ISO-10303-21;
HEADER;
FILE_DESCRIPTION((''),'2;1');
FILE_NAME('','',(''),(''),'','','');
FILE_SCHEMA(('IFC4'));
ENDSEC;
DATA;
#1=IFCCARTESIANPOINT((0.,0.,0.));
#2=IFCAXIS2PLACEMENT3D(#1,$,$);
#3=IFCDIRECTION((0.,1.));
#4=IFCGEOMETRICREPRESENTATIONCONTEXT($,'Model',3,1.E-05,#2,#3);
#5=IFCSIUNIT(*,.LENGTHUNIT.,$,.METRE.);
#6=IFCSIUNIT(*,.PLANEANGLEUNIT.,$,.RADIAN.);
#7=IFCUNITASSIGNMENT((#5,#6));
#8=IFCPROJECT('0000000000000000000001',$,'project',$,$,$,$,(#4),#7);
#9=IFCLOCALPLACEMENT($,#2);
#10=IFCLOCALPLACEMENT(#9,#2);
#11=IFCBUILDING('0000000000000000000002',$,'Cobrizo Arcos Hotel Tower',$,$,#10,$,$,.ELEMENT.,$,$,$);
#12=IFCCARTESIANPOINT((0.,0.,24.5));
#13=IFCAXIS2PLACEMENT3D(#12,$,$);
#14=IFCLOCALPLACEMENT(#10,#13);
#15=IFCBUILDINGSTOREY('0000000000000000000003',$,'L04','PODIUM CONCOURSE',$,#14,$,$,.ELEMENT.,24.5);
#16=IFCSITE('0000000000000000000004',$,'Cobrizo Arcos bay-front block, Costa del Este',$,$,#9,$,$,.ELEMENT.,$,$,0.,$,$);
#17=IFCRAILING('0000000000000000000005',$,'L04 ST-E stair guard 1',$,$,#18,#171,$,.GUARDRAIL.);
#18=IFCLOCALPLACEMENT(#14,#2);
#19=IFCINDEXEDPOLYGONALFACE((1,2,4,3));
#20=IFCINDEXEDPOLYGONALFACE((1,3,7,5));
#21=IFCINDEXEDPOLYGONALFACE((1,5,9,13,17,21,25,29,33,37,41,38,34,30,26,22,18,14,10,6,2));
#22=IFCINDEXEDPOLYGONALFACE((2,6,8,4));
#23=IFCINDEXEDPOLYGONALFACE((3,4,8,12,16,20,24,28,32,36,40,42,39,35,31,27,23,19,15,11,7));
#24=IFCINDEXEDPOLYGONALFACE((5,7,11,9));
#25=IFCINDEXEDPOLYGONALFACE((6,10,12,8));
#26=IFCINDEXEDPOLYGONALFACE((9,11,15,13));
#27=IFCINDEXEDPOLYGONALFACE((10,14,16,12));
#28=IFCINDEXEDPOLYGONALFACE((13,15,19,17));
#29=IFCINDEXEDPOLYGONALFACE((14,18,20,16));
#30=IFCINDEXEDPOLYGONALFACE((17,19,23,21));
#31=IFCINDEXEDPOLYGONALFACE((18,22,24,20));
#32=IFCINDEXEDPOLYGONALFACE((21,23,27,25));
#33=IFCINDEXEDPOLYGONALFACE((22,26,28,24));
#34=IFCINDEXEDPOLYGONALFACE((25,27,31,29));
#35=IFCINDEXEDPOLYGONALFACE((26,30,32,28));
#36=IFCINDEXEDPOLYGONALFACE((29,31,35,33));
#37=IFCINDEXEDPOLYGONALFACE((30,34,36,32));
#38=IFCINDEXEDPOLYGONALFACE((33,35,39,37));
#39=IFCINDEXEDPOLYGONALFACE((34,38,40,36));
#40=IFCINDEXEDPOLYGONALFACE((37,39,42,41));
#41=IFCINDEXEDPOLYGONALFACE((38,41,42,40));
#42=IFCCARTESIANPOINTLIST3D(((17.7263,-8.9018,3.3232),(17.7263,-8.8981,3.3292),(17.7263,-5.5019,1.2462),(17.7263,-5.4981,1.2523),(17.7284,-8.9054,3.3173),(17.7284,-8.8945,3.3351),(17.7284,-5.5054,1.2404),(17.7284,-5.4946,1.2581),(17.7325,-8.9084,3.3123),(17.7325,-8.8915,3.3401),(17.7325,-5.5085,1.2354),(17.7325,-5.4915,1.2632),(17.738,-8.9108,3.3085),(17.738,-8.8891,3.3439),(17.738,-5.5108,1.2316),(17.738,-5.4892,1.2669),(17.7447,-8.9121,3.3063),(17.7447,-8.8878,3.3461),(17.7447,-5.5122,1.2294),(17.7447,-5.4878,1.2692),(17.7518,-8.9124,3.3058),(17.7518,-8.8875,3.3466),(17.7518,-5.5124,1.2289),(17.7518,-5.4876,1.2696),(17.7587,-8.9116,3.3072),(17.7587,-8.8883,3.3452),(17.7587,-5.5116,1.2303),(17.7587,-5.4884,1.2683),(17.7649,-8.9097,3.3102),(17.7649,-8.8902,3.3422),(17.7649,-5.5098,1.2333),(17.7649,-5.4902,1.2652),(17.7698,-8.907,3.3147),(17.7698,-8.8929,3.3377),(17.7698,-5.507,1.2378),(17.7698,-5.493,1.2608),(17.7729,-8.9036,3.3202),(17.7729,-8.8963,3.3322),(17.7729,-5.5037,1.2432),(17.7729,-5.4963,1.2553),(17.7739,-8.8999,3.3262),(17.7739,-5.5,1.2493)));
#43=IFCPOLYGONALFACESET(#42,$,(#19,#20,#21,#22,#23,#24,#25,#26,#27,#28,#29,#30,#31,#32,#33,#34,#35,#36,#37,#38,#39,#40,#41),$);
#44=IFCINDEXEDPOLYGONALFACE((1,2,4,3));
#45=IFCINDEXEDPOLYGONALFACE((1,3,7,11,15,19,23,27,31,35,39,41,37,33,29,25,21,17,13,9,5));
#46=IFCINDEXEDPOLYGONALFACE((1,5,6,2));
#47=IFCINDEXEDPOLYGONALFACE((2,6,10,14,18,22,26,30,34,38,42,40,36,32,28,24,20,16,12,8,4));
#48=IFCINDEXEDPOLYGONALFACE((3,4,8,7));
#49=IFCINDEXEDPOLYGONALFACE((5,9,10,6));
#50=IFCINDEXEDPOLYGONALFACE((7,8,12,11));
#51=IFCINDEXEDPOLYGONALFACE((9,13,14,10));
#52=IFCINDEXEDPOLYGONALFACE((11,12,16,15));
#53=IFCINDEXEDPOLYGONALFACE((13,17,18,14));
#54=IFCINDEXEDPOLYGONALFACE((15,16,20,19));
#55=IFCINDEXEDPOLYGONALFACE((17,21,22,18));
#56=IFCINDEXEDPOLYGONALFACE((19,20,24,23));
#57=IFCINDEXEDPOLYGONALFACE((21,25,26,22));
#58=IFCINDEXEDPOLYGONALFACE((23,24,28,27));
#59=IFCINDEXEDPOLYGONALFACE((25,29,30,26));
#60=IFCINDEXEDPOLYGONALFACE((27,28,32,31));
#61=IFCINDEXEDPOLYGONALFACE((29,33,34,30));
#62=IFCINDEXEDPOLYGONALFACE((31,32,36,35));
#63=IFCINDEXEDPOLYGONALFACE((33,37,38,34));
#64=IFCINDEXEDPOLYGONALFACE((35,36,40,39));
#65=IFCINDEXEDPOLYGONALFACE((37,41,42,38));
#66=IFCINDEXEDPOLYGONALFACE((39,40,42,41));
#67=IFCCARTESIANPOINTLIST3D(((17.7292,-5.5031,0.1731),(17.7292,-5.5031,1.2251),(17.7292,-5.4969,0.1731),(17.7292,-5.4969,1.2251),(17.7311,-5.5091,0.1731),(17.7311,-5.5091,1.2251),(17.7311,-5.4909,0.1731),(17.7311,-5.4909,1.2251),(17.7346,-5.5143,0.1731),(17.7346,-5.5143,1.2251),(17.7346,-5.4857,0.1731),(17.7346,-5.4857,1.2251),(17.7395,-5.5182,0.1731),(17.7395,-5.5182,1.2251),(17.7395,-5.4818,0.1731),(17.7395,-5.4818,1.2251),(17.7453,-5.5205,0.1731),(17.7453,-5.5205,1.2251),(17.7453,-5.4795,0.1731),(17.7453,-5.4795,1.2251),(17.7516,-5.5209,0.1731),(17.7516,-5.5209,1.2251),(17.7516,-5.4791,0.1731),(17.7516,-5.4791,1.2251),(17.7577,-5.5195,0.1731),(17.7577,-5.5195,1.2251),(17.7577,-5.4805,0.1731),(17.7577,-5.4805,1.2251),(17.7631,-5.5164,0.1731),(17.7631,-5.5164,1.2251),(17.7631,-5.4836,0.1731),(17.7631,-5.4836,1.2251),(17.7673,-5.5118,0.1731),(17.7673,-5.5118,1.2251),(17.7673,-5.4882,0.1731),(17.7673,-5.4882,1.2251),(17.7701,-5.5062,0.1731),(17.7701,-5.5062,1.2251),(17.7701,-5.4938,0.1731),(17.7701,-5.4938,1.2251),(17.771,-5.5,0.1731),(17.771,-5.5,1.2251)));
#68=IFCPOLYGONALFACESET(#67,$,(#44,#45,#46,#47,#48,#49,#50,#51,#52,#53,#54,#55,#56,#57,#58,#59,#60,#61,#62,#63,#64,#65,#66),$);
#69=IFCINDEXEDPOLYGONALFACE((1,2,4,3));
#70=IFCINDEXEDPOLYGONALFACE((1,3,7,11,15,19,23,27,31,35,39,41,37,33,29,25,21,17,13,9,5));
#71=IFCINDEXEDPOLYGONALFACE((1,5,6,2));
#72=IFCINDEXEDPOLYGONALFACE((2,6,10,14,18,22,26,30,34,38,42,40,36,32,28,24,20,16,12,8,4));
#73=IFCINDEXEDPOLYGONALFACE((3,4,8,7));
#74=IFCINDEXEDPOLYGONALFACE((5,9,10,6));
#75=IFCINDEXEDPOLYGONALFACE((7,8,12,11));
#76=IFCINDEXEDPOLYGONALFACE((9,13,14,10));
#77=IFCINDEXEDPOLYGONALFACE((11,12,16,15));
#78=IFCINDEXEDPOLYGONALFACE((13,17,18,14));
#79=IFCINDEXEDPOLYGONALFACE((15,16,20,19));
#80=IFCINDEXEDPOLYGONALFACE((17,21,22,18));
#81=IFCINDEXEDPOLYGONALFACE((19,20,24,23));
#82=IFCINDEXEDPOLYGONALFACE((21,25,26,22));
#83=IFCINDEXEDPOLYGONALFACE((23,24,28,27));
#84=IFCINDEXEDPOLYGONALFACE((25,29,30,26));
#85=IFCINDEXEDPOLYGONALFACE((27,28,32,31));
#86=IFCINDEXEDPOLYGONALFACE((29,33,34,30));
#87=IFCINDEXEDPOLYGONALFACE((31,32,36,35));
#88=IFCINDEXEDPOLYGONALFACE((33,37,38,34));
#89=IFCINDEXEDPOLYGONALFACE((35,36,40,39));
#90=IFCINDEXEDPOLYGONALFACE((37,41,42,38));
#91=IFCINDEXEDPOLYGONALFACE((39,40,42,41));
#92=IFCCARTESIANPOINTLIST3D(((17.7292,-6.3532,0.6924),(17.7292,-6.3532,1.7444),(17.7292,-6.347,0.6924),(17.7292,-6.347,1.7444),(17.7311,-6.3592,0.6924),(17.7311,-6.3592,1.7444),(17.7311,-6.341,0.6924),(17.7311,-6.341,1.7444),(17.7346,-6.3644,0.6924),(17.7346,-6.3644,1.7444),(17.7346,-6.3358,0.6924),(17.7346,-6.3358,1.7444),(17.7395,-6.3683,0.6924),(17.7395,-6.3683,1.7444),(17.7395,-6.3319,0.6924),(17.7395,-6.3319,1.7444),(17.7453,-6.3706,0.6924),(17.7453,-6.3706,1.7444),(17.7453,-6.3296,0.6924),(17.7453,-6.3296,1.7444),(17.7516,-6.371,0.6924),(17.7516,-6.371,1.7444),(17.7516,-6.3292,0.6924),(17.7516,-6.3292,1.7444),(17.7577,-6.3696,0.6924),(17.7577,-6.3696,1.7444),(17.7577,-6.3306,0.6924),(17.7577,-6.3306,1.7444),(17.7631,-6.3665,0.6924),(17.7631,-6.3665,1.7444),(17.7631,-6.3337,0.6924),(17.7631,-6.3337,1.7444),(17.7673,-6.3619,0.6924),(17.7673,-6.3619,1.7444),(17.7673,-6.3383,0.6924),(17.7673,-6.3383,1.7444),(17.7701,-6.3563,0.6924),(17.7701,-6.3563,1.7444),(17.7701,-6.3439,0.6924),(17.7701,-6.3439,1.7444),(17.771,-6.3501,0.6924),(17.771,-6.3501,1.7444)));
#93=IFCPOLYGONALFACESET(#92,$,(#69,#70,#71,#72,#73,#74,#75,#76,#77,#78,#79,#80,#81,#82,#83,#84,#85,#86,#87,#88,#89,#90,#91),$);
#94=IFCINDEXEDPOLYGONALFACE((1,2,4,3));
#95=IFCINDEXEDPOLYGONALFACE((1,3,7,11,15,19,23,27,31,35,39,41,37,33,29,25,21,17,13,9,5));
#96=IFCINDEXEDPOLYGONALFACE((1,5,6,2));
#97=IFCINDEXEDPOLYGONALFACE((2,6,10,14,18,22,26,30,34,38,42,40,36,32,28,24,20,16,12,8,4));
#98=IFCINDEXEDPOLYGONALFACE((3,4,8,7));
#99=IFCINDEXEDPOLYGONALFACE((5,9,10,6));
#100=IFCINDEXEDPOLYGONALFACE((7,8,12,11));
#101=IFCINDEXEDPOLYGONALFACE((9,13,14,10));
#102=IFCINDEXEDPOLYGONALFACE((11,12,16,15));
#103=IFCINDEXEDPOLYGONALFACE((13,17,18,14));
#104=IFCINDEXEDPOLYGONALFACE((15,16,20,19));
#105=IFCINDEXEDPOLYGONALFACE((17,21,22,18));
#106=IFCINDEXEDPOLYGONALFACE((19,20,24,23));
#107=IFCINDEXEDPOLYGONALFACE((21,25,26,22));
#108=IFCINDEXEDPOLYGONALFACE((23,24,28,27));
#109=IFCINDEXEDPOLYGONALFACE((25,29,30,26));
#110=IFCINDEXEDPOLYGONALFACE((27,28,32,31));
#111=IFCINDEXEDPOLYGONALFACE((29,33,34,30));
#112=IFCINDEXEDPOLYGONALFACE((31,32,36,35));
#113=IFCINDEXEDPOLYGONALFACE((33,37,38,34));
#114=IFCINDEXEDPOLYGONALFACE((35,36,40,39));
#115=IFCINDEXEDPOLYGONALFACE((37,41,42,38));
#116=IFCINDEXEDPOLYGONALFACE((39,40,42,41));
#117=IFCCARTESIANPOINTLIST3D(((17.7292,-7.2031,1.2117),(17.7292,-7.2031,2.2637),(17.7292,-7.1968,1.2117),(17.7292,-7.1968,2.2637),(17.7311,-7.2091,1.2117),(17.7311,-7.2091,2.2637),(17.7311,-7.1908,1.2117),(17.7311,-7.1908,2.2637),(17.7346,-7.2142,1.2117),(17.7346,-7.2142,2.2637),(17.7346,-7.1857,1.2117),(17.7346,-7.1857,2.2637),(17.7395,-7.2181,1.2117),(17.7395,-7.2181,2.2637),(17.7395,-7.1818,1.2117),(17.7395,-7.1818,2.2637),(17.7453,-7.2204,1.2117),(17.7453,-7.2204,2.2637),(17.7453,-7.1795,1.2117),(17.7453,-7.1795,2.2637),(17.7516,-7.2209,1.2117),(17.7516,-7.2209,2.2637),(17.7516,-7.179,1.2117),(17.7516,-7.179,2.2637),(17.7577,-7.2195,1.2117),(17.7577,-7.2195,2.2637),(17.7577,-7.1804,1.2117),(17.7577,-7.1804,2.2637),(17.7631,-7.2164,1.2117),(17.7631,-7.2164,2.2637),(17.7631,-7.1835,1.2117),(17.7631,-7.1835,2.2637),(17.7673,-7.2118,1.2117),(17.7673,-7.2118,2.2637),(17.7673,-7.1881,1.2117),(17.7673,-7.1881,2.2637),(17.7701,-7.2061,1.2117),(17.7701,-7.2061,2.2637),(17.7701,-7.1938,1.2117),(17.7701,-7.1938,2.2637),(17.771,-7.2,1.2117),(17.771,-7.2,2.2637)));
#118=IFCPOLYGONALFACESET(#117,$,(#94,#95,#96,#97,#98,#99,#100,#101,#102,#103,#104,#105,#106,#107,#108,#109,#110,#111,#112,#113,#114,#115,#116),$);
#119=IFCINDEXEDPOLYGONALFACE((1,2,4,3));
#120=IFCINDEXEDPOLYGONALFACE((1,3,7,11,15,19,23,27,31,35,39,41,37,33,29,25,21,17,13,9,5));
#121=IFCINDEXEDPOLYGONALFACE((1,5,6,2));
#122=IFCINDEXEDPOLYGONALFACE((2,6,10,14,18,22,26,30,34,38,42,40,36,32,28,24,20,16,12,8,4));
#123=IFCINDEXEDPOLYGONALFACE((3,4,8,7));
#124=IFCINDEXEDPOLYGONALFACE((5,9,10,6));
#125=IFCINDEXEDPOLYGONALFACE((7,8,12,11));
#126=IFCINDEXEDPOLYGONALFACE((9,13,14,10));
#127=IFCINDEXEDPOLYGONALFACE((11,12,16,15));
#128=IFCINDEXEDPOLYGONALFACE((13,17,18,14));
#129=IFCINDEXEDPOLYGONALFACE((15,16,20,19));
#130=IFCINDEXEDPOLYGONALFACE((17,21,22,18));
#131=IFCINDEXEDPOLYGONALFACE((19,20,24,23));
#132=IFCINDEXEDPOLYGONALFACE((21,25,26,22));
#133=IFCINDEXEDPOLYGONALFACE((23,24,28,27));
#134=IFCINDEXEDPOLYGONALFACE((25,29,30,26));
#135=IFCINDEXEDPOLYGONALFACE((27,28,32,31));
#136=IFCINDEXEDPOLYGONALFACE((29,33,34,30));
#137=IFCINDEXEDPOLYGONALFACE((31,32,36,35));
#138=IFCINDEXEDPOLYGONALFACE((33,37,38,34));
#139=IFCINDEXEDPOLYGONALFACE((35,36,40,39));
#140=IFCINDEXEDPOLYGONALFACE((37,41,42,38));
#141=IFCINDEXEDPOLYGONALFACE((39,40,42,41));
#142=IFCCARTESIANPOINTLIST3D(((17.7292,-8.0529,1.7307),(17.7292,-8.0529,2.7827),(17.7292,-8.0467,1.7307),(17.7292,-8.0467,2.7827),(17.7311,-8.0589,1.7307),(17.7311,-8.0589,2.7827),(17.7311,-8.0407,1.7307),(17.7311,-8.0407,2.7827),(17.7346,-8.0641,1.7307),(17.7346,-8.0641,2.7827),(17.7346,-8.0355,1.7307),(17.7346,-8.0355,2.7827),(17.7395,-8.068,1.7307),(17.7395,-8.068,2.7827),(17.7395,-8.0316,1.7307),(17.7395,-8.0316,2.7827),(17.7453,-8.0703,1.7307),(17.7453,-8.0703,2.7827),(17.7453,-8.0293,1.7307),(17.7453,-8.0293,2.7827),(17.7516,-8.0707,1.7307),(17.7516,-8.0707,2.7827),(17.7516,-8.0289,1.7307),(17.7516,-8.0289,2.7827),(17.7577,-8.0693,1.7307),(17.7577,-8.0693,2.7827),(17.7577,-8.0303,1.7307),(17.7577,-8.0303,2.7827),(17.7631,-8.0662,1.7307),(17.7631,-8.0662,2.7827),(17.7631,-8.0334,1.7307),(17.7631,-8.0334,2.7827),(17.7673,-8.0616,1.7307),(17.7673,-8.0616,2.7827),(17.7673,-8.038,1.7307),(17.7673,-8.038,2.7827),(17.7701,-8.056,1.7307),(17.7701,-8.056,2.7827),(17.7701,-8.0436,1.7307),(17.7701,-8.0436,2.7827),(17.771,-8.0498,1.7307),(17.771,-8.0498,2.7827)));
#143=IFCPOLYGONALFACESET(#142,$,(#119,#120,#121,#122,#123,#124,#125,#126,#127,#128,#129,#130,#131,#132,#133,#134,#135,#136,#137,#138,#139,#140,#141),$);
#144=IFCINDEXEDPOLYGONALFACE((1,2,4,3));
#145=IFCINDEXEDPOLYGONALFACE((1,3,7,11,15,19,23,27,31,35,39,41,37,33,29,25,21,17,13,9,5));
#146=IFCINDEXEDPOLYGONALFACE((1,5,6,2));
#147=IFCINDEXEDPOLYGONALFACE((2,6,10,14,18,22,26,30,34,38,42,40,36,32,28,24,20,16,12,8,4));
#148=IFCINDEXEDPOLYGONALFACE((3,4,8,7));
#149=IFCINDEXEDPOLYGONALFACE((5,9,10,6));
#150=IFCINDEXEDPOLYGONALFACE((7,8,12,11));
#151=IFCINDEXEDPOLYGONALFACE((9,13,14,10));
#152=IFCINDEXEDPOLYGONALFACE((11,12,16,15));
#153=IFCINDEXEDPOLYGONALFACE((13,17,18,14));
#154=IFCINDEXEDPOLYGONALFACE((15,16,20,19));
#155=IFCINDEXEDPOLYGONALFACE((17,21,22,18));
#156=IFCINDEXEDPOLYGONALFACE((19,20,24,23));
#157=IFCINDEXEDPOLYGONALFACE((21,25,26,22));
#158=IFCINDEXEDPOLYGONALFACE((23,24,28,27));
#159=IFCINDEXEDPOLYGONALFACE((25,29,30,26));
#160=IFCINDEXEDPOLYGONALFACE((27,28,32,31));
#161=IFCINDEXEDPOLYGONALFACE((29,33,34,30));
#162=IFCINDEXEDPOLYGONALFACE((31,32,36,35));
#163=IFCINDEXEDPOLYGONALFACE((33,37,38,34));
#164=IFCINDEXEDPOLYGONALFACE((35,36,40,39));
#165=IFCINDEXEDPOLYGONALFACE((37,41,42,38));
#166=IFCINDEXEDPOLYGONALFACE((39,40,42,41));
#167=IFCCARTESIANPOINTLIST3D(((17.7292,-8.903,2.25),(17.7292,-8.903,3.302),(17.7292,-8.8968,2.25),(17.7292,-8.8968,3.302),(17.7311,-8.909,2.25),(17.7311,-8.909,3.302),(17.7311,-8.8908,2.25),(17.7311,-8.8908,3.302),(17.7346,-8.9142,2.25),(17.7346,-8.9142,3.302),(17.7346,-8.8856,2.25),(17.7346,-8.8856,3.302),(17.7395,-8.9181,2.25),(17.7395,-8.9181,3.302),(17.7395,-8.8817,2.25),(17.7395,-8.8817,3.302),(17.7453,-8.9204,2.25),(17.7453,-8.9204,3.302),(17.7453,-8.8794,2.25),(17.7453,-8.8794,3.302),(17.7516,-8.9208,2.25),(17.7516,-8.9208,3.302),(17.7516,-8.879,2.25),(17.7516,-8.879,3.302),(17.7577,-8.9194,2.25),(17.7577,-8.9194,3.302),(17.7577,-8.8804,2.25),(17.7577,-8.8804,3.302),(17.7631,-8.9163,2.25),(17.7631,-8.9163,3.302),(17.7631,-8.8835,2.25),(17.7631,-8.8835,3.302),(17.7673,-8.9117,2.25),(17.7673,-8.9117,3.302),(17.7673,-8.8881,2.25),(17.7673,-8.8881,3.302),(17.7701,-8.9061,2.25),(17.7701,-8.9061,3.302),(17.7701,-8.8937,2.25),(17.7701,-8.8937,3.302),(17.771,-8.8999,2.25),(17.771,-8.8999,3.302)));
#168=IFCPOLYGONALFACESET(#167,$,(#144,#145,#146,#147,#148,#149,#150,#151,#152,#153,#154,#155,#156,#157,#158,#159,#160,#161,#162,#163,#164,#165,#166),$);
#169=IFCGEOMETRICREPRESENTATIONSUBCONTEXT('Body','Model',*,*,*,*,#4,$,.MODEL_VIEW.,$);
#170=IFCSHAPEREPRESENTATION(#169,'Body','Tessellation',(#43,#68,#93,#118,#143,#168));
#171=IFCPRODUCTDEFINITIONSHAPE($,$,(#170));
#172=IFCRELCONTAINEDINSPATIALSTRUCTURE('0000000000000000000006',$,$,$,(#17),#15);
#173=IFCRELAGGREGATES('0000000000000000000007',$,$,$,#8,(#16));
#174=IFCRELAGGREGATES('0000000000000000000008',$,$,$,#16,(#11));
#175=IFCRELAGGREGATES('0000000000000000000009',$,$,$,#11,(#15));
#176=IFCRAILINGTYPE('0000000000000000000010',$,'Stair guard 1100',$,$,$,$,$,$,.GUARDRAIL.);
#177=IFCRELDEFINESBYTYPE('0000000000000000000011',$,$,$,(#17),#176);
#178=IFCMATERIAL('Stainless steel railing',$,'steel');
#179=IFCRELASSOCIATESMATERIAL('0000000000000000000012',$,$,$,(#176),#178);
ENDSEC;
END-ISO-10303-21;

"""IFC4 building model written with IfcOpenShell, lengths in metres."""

from ifc_helpers import new_model, si_unit, direction, frame, origin, origin_2d, place, context, subcontext, project, spatial, circle, extrude, material, type_object, element, save


model = new_model("IFC4")

# Units and contexts
model_context = context("Model", 3, precision=1e-05, world=origin(), true_north=direction((0.0, 1.0)))
body_context = subcontext(model_context, "Body", "Model", "MODEL_VIEW")
ifc_project = project(units=[si_unit("LENGTHUNIT", "METRE"), si_unit("PLANEANGLEUNIT", "RADIAN")], contexts=[model_context])

# Site, building, storey
site_placement = place(None, origin())
site = spatial("IfcSite", under=ifc_project, at=site_placement, Name="Cobrizo Arcos bay-front block, Costa del Este", CompositionType="ELEMENT", RefElevation=0.0)
building_placement = place(site_placement, origin())
building = spatial("IfcBuilding", under=site, at=building_placement, Name="Cobrizo Arcos Hotel Tower", CompositionType="ELEMENT")
storey_placement = place(building_placement, frame((0.0, 0.0, 24.5)))
storey = spatial("IfcBuildingStorey", under=building, at=storey_placement, Name="L04", Description="PODIUM CONCOURSE", CompositionType="ELEMENT", Elevation=24.5)

# Railing
ifc_material_1 = material(Name="Stainless steel railing", Category="steel")
railing_type_1 = type_object("IfcRailingType", Name="Stair guard 1100", PredefinedType="GUARDRAIL", material=ifc_material_1)
railing_1_placement = place(storey_placement, frame((17.75, -5.5, 0.1731)))
element("IfcRailing", 1, at=railing_1_placement, inside=storey, type_object=railing_type_1, Name="L04 ST-E stair guard 1", PredefinedType="GUARDRAIL", context=body_context, shape_type="SweptSolid", body=[
    extrude(circle(Radius=0.0239, at=origin_2d()), frame((0.0, 0.0, 1.0762), z_axis=(0.0, -0.853373, 0.521301), x_axis=(1.0, 0.0, 0.0)), (0.0, 0.0, 1.0), 3.9841),
    extrude(circle(Radius=0.021, at=origin_2d()), origin(), (0.0, 0.0, 1.0), 1.052),
    extrude(circle(Radius=0.021, at=origin_2d()), frame((0.0, -0.8501, 0.5193)), (0.0, 0.0, 1.0), 1.052),
    extrude(circle(Radius=0.021, at=origin_2d()), frame((0.0, -1.7, 1.0386)), (0.0, 0.0, 1.0), 1.052),
    extrude(circle(Radius=0.021, at=origin_2d()), frame((0.0, -2.5498, 1.5576)), (0.0, 0.0, 1.0), 1.052),
    extrude(circle(Radius=0.021, at=origin_2d()), frame((0.0, -3.3999, 2.0769)), (0.0, 0.0, 1.0), 1.052),
])

save(model, "model.ifc")
